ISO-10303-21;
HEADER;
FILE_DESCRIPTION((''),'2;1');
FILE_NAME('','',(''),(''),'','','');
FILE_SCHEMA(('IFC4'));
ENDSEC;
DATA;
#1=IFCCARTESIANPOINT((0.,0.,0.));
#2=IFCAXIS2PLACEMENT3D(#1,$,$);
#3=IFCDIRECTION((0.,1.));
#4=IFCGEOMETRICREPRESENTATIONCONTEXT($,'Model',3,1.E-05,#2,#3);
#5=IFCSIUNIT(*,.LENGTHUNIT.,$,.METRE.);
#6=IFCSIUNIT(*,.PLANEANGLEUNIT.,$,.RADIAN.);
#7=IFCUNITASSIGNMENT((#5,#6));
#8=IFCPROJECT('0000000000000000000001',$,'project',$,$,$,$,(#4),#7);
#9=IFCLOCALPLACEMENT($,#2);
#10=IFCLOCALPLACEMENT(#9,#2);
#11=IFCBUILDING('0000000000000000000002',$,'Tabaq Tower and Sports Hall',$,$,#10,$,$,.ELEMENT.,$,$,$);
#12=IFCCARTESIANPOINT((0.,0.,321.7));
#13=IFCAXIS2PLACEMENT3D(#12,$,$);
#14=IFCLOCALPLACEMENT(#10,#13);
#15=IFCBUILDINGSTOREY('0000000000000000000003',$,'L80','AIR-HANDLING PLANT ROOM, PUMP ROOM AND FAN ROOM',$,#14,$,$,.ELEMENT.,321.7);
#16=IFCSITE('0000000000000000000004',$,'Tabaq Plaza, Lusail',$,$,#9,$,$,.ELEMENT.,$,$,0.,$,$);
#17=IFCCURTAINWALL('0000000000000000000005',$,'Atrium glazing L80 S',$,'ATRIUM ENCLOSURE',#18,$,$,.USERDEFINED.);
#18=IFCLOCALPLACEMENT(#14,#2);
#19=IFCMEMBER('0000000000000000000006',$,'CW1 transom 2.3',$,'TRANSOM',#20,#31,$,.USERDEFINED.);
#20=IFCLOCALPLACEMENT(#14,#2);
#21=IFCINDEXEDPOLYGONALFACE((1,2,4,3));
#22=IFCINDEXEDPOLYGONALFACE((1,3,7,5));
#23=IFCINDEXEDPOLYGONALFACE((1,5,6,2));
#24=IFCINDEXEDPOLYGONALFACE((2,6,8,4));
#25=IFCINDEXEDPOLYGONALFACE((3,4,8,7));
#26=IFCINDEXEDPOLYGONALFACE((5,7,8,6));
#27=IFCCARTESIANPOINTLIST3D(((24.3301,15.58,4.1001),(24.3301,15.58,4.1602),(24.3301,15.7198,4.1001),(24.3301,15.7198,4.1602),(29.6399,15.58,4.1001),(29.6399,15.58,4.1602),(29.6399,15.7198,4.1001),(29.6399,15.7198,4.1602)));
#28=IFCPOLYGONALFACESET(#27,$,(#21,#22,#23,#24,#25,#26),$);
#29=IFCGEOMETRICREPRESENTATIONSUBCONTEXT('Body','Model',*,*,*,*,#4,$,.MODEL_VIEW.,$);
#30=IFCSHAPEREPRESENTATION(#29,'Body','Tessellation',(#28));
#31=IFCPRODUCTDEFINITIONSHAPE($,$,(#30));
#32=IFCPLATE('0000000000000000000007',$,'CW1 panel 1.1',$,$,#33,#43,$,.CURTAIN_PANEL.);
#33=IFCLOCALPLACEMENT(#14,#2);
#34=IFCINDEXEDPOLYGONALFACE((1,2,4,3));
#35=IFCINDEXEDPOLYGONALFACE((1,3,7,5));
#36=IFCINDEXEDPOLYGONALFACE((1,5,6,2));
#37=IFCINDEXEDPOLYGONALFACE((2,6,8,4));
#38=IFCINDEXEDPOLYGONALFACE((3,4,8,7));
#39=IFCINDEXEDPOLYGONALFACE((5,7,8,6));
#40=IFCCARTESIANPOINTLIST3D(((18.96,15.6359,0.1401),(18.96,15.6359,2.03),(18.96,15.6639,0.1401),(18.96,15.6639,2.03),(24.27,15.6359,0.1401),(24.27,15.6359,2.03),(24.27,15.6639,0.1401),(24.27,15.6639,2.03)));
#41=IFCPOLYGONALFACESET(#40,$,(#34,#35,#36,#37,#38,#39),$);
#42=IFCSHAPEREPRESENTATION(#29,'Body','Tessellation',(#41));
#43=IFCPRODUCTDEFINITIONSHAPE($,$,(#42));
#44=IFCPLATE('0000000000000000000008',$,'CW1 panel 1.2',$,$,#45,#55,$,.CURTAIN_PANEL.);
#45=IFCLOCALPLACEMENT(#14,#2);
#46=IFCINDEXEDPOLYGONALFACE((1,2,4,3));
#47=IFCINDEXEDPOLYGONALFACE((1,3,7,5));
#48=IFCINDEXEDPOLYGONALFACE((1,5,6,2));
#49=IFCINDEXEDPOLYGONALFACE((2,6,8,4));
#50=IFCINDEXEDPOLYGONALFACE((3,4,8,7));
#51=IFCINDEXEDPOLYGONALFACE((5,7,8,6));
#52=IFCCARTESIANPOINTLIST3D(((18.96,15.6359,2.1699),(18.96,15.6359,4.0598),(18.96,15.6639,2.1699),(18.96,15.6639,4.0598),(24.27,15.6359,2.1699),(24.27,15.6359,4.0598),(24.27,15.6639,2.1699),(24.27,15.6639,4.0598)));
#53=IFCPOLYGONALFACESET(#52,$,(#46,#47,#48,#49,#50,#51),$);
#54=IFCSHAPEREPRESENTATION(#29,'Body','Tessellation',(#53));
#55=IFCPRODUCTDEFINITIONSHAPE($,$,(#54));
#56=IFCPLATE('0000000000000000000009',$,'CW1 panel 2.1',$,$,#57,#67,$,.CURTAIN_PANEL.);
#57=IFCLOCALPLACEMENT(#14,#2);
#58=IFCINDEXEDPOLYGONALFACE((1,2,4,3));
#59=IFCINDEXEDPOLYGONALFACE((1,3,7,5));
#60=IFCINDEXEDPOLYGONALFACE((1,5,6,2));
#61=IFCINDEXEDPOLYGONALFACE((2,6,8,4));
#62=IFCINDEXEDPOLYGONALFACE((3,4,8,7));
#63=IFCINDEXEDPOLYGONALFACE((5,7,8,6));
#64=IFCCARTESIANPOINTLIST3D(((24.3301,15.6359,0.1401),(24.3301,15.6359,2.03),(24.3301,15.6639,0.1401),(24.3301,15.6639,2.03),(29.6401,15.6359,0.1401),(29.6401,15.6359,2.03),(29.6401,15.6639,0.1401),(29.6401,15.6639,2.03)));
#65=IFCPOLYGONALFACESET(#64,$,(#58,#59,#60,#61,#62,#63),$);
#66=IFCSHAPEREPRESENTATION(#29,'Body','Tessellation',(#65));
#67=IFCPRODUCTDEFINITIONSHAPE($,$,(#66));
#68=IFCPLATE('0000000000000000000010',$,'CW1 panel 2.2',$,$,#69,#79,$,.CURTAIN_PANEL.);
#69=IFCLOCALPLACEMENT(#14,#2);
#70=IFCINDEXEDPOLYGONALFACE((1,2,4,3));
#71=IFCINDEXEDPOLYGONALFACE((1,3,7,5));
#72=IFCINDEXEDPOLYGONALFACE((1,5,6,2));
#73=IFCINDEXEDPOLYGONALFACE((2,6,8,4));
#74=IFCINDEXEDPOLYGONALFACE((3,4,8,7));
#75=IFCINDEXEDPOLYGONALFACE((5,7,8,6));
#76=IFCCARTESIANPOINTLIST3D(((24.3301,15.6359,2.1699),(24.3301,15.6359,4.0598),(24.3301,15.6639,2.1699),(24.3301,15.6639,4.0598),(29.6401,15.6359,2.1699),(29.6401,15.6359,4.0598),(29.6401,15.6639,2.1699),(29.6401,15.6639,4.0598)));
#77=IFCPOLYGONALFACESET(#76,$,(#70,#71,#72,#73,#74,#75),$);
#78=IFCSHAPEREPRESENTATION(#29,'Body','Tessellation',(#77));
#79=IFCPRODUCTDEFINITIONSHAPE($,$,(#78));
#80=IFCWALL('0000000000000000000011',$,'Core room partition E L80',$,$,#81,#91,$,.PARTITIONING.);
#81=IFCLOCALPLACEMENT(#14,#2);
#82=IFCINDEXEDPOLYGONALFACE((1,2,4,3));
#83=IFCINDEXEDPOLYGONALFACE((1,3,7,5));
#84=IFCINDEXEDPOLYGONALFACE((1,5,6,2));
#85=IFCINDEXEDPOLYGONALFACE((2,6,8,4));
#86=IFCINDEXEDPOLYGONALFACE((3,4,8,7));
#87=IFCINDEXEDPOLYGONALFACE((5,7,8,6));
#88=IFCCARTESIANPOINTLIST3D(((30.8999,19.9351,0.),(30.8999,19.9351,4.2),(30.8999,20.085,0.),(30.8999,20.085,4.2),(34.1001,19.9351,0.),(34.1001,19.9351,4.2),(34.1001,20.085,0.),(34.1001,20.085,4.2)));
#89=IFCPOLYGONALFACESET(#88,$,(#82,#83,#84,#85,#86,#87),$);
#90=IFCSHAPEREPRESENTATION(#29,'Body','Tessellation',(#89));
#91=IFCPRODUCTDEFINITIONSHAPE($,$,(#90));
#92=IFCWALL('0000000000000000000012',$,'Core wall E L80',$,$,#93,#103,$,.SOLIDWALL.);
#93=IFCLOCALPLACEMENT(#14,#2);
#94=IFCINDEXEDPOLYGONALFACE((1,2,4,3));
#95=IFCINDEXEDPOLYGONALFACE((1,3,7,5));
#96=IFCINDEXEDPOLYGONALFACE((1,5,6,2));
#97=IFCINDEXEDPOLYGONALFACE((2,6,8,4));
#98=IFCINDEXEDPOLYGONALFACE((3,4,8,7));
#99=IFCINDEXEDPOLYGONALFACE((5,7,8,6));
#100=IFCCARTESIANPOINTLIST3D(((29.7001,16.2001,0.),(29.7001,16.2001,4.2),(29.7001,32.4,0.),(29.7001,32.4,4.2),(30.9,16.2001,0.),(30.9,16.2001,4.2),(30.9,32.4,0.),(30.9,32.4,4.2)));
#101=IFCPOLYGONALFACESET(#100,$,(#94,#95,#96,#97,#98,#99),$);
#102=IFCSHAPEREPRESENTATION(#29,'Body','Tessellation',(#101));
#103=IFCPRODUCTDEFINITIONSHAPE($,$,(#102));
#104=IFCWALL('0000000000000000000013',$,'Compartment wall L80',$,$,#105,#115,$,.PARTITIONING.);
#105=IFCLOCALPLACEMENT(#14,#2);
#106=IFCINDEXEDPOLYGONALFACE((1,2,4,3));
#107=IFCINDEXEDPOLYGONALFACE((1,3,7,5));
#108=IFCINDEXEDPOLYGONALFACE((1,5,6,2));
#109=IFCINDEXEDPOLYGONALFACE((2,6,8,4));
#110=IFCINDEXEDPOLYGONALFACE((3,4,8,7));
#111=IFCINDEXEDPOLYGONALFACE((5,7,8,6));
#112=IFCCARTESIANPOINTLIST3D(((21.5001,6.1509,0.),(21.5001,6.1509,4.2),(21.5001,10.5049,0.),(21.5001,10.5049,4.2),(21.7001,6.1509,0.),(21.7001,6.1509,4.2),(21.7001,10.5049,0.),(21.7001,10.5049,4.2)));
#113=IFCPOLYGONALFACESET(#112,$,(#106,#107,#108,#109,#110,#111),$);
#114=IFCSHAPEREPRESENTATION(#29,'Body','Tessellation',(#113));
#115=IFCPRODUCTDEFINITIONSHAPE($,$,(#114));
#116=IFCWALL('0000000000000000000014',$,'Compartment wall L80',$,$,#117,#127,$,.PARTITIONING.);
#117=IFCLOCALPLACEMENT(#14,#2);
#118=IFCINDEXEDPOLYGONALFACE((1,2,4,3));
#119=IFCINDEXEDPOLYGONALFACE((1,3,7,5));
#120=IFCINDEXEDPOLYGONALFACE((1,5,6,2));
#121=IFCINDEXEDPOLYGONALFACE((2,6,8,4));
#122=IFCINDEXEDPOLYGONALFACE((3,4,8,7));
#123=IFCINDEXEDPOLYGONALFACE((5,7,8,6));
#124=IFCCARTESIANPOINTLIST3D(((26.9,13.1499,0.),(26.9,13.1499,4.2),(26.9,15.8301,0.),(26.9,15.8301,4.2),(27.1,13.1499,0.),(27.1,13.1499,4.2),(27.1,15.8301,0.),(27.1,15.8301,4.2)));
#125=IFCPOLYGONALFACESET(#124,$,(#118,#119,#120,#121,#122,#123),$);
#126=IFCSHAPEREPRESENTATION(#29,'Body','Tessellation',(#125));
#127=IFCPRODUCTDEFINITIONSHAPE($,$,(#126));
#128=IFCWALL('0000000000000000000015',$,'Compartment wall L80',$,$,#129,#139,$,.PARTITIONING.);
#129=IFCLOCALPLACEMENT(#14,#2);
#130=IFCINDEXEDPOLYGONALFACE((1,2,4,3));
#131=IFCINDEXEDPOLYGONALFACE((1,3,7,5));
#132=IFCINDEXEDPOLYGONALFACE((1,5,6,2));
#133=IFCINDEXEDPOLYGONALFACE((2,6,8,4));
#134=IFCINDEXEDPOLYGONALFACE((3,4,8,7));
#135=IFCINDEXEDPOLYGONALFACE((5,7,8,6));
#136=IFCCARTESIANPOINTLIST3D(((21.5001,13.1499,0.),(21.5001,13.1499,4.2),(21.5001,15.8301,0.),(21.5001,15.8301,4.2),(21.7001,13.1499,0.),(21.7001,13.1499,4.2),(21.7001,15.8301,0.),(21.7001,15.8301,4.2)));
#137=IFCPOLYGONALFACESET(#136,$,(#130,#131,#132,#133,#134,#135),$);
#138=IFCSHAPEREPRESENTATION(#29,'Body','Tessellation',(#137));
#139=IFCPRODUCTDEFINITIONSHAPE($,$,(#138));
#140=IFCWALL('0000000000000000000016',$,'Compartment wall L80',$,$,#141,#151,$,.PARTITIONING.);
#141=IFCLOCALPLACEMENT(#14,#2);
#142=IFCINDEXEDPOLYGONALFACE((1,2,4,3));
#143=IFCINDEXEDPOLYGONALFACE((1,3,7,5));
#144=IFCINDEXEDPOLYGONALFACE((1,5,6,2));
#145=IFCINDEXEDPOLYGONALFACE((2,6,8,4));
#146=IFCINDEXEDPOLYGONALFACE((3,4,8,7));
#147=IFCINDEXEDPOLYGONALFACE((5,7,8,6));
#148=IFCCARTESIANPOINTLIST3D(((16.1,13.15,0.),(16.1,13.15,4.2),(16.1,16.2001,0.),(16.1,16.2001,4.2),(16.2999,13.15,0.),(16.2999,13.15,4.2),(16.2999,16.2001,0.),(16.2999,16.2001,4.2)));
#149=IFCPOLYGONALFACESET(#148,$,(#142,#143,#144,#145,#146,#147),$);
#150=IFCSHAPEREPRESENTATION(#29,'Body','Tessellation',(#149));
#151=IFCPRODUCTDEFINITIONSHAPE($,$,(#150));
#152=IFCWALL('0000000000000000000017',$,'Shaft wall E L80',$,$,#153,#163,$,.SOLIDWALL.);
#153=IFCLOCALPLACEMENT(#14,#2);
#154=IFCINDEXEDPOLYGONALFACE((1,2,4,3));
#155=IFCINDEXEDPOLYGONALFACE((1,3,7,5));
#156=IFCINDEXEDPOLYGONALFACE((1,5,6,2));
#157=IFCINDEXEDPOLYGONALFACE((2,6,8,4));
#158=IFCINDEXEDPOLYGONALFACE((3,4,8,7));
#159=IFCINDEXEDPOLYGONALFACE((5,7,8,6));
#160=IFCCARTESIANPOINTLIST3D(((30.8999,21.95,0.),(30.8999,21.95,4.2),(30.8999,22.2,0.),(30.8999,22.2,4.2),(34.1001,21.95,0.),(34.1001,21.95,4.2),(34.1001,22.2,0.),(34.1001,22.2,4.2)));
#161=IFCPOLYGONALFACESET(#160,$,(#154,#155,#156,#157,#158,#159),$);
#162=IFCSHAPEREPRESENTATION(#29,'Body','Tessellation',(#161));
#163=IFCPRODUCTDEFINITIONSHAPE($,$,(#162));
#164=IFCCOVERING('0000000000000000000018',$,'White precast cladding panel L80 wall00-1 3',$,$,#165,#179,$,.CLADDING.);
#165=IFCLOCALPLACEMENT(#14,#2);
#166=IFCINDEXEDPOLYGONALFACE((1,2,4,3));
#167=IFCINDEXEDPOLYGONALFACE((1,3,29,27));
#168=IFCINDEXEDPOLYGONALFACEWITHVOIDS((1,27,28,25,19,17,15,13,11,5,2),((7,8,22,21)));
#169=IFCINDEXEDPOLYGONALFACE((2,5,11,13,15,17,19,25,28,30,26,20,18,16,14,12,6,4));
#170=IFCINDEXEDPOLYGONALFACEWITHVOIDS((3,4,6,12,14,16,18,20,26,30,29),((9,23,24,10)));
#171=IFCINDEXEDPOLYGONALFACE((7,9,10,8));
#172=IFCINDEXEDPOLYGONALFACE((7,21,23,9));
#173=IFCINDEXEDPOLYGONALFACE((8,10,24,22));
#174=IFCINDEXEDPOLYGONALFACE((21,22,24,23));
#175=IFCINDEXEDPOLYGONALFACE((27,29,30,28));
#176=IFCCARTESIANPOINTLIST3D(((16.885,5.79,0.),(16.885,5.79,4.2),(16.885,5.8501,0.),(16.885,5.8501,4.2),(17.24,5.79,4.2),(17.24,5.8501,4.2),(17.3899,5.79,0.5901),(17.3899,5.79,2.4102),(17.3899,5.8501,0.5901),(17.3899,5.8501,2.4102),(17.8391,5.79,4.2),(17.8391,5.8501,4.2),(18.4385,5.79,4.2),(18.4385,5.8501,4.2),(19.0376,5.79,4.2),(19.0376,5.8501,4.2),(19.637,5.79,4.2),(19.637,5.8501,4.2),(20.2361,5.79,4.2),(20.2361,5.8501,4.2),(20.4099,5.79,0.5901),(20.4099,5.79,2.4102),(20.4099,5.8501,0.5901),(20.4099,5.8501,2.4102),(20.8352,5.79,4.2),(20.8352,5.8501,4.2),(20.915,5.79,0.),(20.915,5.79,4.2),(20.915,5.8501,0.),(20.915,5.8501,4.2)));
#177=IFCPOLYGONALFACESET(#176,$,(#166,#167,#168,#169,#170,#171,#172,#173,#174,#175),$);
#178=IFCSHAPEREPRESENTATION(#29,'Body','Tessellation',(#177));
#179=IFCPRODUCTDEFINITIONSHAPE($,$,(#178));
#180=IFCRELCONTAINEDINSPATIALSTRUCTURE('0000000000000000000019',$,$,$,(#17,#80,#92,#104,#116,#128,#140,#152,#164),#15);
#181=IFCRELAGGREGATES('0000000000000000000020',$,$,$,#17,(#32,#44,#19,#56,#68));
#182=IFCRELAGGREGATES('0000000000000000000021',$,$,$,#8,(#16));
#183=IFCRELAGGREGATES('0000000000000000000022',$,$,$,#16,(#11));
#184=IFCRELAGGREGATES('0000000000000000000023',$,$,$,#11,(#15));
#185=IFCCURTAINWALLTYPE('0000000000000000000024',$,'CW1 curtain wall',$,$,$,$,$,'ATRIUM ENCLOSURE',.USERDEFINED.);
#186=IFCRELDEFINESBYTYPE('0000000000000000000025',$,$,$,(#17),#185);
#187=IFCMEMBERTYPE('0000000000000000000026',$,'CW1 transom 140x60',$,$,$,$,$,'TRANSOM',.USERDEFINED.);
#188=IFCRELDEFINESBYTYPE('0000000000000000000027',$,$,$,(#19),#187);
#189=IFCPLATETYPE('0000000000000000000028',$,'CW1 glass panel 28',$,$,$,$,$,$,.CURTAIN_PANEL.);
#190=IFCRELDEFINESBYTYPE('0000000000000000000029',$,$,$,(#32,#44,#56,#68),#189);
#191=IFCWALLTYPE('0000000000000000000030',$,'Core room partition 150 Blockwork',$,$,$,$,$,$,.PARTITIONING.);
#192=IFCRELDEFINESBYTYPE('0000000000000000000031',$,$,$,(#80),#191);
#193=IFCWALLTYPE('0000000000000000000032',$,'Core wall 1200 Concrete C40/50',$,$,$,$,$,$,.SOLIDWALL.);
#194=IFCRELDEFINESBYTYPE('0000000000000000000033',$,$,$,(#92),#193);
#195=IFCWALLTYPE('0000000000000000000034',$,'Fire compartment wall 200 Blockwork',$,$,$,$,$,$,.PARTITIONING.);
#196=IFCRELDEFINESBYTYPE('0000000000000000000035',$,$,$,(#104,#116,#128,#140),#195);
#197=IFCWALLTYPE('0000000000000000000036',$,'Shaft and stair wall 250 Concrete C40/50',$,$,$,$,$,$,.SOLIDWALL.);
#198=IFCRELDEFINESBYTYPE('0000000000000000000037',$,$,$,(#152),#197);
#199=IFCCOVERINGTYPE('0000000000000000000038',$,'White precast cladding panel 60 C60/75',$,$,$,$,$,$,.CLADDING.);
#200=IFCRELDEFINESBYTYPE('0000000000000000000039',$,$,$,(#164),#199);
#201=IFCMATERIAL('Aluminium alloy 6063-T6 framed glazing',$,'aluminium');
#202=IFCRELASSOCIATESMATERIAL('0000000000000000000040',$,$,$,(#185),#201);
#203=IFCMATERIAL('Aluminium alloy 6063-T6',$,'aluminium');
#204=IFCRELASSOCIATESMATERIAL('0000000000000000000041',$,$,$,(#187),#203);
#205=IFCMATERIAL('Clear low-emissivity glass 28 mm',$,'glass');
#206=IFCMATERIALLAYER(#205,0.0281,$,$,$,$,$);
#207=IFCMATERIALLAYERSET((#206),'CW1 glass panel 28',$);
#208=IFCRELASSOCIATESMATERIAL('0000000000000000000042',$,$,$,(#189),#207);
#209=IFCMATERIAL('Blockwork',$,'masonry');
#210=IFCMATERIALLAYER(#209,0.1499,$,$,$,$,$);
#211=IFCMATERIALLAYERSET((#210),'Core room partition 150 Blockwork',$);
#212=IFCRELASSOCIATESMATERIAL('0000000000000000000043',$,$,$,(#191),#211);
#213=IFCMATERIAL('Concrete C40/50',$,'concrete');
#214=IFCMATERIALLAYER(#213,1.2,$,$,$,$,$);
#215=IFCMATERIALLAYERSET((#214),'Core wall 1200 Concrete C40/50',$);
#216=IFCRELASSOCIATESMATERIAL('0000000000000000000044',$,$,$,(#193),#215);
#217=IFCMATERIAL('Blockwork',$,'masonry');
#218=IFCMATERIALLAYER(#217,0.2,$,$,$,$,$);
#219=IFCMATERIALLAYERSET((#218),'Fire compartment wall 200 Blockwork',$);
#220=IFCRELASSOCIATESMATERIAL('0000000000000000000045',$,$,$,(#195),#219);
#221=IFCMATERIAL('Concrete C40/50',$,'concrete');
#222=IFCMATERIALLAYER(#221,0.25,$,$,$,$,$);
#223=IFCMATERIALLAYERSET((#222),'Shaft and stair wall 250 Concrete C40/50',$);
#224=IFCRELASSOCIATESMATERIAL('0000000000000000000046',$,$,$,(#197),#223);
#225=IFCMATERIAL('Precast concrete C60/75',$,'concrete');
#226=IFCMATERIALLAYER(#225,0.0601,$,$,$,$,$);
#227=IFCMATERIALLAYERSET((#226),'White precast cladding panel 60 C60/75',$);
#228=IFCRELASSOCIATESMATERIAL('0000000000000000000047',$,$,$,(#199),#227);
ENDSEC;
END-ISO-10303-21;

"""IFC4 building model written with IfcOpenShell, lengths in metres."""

from ifc_helpers import new_model, si_unit, direction, frame, frame_2d, origin, origin_2d, place, context, subcontext, project, spatial, polyline, rectangle, outline, extrude, material, layer, layer_set, material_profile, profile_set, type_object, element, aggregate, save


model = new_model("IFC4")

# Units and contexts
model_context = context("Model", 3, precision=1e-05, world=origin(), true_north=direction((0.0, 1.0)))
body_context = subcontext(model_context, "Body", "Model", "MODEL_VIEW")
ifc_project = project(units=[si_unit("LENGTHUNIT", "METRE"), si_unit("PLANEANGLEUNIT", "RADIAN")], contexts=[model_context])

# Site, building, storey
site_placement = place(None, origin())
site = spatial("IfcSite", under=ifc_project, at=site_placement, Name="Tabaq Plaza, Lusail", CompositionType="ELEMENT", RefElevation=0.0)
building_placement = place(site_placement, origin())
building = spatial("IfcBuilding", under=site, at=building_placement, Name="Tabaq Tower and Sports Hall", CompositionType="ELEMENT")
storey_placement = place(building_placement, frame((0.0, 0.0, 321.7)))
storey = spatial("IfcBuildingStorey", under=building, at=storey_placement, Name="L80", Description="AIR-HANDLING PLANT ROOM, PUMP ROOM AND FAN ROOM", CompositionType="ELEMENT", Elevation=321.7)

# Curtain wall, member, plates
ifc_material_1 = material(Name="Aluminium alloy 6063-T6 framed glazing", Category="aluminium")
curtain_wall_type = type_object("IfcCurtainWallType", Name="CW1 curtain wall", ElementType="ATRIUM ENCLOSURE", PredefinedType="USERDEFINED", material=ifc_material_1)
curtain_wall_placement = place(storey_placement, origin())
curtain_wall = element("IfcCurtainWall", 1, at=curtain_wall_placement, inside=storey, type_object=curtain_wall_type, Name="Atrium glazing L80 S", ObjectType="ATRIUM ENCLOSURE", PredefinedType="USERDEFINED")
ifc_material_2 = material(Name="Aluminium alloy 6063-T6", Category="aluminium")
ifc_material_profile_1 = material_profile(ifc_material_2, rectangle(XDim=0.1399, YDim=0.0601, at=origin_2d()), Name="TRANSOM 140x60")
ifc_profile_set_1 = profile_set([ifc_material_profile_1], Name="Aluminium alloy 6063-T6")
member_type_1 = type_object("IfcMemberType", Name="CW1 transom 140x60", ElementType="TRANSOM", PredefinedType="USERDEFINED", material=ifc_profile_set_1)
member_1_placement = place(storey_placement, frame((24.3301, 15.6499, 4.1301), z_axis=(1.0, 0.0, 0.0), x_axis=(0.0, 1.0, 0.0)))
member_1 = element("IfcMember", 2, at=member_1_placement, type_object=member_type_1, Name="CW1 transom 2.3", ObjectType="TRANSOM", PredefinedType="USERDEFINED", context=body_context, shape_type="SweptSolid", body=[
    extrude(rectangle(XDim=0.1399, YDim=0.0601, at=origin_2d()), origin(), (0.0, 0.0, 1.0), 5.3098),
])
ifc_material_3 = material(Name="Clear low-emissivity glass 28 mm", Category="glass")
ifc_layer_1 = layer(ifc_material_3, 0.0281)
ifc_layer_set_1 = layer_set([ifc_layer_1], Name="CW1 glass panel 28")
plate_type = type_object("IfcPlateType", Name="CW1 glass panel 28", PredefinedType="CURTAIN_PANEL", material=ifc_layer_set_1)
plate_1_placement = place(storey_placement, frame((21.615, 15.6499, 0.1401), z_axis=(0.0, 0.0, 1.0), x_axis=(1.0, 0.0, 0.0)))
plate_1 = element("IfcPlate", 3, at=plate_1_placement, type_object=plate_type, Name="CW1 panel 1.1", PredefinedType="CURTAIN_PANEL", context=body_context, shape_type="SweptSolid", body=[
    extrude(rectangle(XDim=5.3101, YDim=0.0281, at=origin_2d()), origin(), (0.0, 0.0, 1.0), 1.8899),
])
plate_2_placement = place(storey_placement, frame((21.615, 15.6499, 2.1699), z_axis=(0.0, 0.0, 1.0), x_axis=(1.0, 0.0, 0.0)))
plate_2 = element("IfcPlate", 4, at=plate_2_placement, type_object=plate_type, Name="CW1 panel 1.2", PredefinedType="CURTAIN_PANEL", context=body_context, shape_type="SweptSolid", body=[
    extrude(rectangle(XDim=5.3101, YDim=0.0281, at=origin_2d()), origin(), (0.0, 0.0, 1.0), 1.8899),
])
plate_3_placement = place(storey_placement, frame((26.9851, 15.6499, 0.1401), z_axis=(0.0, 0.0, 1.0), x_axis=(1.0, 0.0, 0.0)))
plate_3 = element("IfcPlate", 5, at=plate_3_placement, type_object=plate_type, Name="CW1 panel 2.1", PredefinedType="CURTAIN_PANEL", context=body_context, shape_type="SweptSolid", body=[
    extrude(rectangle(XDim=5.3101, YDim=0.0281, at=origin_2d()), origin(), (0.0, 0.0, 1.0), 1.8899),
])
plate_4_placement = place(storey_placement, frame((26.9851, 15.6499, 2.1699), z_axis=(0.0, 0.0, 1.0), x_axis=(1.0, 0.0, 0.0)))
plate_4 = element("IfcPlate", 6, at=plate_4_placement, type_object=plate_type, Name="CW1 panel 2.2", PredefinedType="CURTAIN_PANEL", context=body_context, shape_type="SweptSolid", body=[
    extrude(rectangle(XDim=5.3101, YDim=0.0281, at=origin_2d()), origin(), (0.0, 0.0, 1.0), 1.8899),
])
aggregate(curtain_wall, [plate_1, plate_2, member_1, plate_3, plate_4])

# Walls
ifc_material_4 = material(Name="Blockwork", Category="masonry")
ifc_layer_2 = layer(ifc_material_4, 0.1499)
ifc_layer_set_2 = layer_set([ifc_layer_2], Name="Core room partition 150 Blockwork")
wall_type_1 = type_object("IfcWallType", Name="Core room partition 150 Blockwork", PredefinedType="PARTITIONING", material=ifc_layer_set_2)
wall_1_placement = place(storey_placement, frame((30.8999, 20.01, 0.0), z_axis=(0.0, 0.0, 1.0), x_axis=(1.0, 0.0, 0.0)))
element("IfcWall", 7, at=wall_1_placement, inside=storey, type_object=wall_type_1, Name="Core room partition E L80", PredefinedType="PARTITIONING", context=body_context, shape_type="SweptSolid", body=[
    extrude(rectangle(XDim=3.2002, YDim=0.1499, at=frame_2d((1.6001, 0.0))), origin(), (0.0, 0.0, 1.0), 4.2),
])
ifc_material_5 = material(Name="Concrete C40/50", Category="concrete")
ifc_layer_3 = layer(ifc_material_5, 1.2)
ifc_layer_set_3 = layer_set([ifc_layer_3], Name="Core wall 1200 Concrete C40/50")
wall_type_2 = type_object("IfcWallType", Name="Core wall 1200 Concrete C40/50", PredefinedType="SOLIDWALL", material=ifc_layer_set_3)
wall_2_placement = place(storey_placement, frame((30.3, 16.2, 0.0), z_axis=(0.0, 0.0, 1.0), x_axis=(0.0, 1.0, 0.0)))
element("IfcWall", 8, at=wall_2_placement, inside=storey, type_object=wall_type_2, Name="Core wall E L80", PredefinedType="SOLIDWALL", context=body_context, shape_type="SweptSolid", body=[
    extrude(rectangle(XDim=16.2, YDim=1.2, at=frame_2d((8.1001, 0.0))), origin(), (0.0, 0.0, 1.0), 4.2),
])

# Walls
ifc_material_6 = material(Name="Blockwork", Category="masonry")
ifc_layer_4 = layer(ifc_material_6, 0.2)
ifc_layer_set_4 = layer_set([ifc_layer_4], Name="Fire compartment wall 200 Blockwork")
wall_type_3 = type_object("IfcWallType", Name="Fire compartment wall 200 Blockwork", PredefinedType="PARTITIONING", material=ifc_layer_set_4)
wall_3_placement = place(storey_placement, frame((21.6001, 10.5049, 0.0), z_axis=(0.0, 0.0, 1.0), x_axis=(0.0, -1.0, 0.0)))
element("IfcWall", 9, at=wall_3_placement, inside=storey, type_object=wall_type_3, Name="Compartment wall L80", PredefinedType="PARTITIONING", context=body_context, shape_type="SweptSolid", body=[
    extrude(rectangle(XDim=4.354, YDim=0.2, at=frame_2d((2.177, 0.0))), origin(), (0.0, 0.0, 1.0), 4.2),
])
for number, where, z_axis, x_axis, name in (
    (10, (27.0, 15.8301, 0.0), (0.0, 0.0, 1.0), (0.0, -1.0, 0.0), "Compartment wall L80"),
    (11, (21.6001, 15.8301, 0.0), (0.0, 0.0, 1.0), (0.0, -1.0, 0.0), "Compartment wall L80"),
):
    element("IfcWall", number, at=place(storey_placement, frame(where, z_axis=z_axis, x_axis=x_axis)), inside=storey, type_object=wall_type_3, Name=name, PredefinedType="PARTITIONING", context=body_context, shape_type="SweptSolid", body=[
        extrude(rectangle(XDim=2.6802, YDim=0.2, at=frame_2d((1.3401, 0.0))), origin(), (0.0, 0.0, 1.0), 4.2),
    ])
wall_4_placement = place(storey_placement, frame((16.2, 16.2, 0.0), z_axis=(0.0, 0.0, 1.0), x_axis=(0.0, -1.0, 0.0)))
element("IfcWall", 12, at=wall_4_placement, inside=storey, type_object=wall_type_3, Name="Compartment wall L80", PredefinedType="PARTITIONING", context=body_context, shape_type="SweptSolid", body=[
    extrude(rectangle(XDim=3.05, YDim=0.2, at=frame_2d((1.5249, 0.0))), origin(), (0.0, 0.0, 1.0), 4.2),
])
ifc_material_7 = material(Name="Concrete C40/50", Category="concrete")
ifc_layer_5 = layer(ifc_material_7, 0.25)
ifc_layer_set_5 = layer_set([ifc_layer_5], Name="Shaft and stair wall 250 Concrete C40/50")
wall_type_4 = type_object("IfcWallType", Name="Shaft and stair wall 250 Concrete C40/50", PredefinedType="SOLIDWALL", material=ifc_layer_set_5)
wall_5_placement = place(storey_placement, frame((30.8999, 22.075, 0.0), z_axis=(0.0, 0.0, 1.0), x_axis=(1.0, 0.0, 0.0)))
element("IfcWall", 13, at=wall_5_placement, inside=storey, type_object=wall_type_4, Name="Shaft wall E L80", PredefinedType="SOLIDWALL", context=body_context, shape_type="SweptSolid", body=[
    extrude(rectangle(XDim=3.2002, YDim=0.25, at=frame_2d((1.6001, 0.0))), origin(), (0.0, 0.0, 1.0), 4.2),
])

# Covering
ifc_material_8 = material(Name="Precast concrete C60/75", Category="concrete")
ifc_layer_6 = layer(ifc_material_8, 0.0601)
ifc_layer_set_6 = layer_set([ifc_layer_6], Name="White precast cladding panel 60 C60/75")
covering_type = type_object("IfcCoveringType", Name="White precast cladding panel 60 C60/75", PredefinedType="CLADDING", material=ifc_layer_set_6)
covering_1_placement = place(storey_placement, frame((16.885, 5.8201, 0.0), z_axis=(0.0, 0.0, 1.0), x_axis=(1.0, 0.0, 0.0)))
element("IfcCovering", 14, at=covering_1_placement, inside=storey, type_object=covering_type, Name="White precast cladding panel L80 wall00-1 3", PredefinedType="CLADDING", context=body_context, shape_type="SweptSolid", body=[
    extrude(outline(polyline([(0.0, 0.0), (4.03, 0.0), (4.03, 4.2), (3.9502, 4.2), (3.3511, 4.2), (2.752, 4.2), (2.1526, 4.2), (1.5535, 4.2), (0.9541, 4.2), (0.355, 4.2), (0.0, 4.2), (0.0, 0.0)]), holes=[polyline([(0.5049, 0.5901), (0.5049, 2.4102), (3.5249, 2.4102), (3.5249, 0.5901), (0.5049, 0.5901)])]), frame((0.0, 0.03, 0.0), z_axis=(0.0, -1.0, 0.0), x_axis=(1.0, 0.0, 0.0)), (0.0, 0.0, 1.0), 0.0601),
])

save(model, "model.ifc")
